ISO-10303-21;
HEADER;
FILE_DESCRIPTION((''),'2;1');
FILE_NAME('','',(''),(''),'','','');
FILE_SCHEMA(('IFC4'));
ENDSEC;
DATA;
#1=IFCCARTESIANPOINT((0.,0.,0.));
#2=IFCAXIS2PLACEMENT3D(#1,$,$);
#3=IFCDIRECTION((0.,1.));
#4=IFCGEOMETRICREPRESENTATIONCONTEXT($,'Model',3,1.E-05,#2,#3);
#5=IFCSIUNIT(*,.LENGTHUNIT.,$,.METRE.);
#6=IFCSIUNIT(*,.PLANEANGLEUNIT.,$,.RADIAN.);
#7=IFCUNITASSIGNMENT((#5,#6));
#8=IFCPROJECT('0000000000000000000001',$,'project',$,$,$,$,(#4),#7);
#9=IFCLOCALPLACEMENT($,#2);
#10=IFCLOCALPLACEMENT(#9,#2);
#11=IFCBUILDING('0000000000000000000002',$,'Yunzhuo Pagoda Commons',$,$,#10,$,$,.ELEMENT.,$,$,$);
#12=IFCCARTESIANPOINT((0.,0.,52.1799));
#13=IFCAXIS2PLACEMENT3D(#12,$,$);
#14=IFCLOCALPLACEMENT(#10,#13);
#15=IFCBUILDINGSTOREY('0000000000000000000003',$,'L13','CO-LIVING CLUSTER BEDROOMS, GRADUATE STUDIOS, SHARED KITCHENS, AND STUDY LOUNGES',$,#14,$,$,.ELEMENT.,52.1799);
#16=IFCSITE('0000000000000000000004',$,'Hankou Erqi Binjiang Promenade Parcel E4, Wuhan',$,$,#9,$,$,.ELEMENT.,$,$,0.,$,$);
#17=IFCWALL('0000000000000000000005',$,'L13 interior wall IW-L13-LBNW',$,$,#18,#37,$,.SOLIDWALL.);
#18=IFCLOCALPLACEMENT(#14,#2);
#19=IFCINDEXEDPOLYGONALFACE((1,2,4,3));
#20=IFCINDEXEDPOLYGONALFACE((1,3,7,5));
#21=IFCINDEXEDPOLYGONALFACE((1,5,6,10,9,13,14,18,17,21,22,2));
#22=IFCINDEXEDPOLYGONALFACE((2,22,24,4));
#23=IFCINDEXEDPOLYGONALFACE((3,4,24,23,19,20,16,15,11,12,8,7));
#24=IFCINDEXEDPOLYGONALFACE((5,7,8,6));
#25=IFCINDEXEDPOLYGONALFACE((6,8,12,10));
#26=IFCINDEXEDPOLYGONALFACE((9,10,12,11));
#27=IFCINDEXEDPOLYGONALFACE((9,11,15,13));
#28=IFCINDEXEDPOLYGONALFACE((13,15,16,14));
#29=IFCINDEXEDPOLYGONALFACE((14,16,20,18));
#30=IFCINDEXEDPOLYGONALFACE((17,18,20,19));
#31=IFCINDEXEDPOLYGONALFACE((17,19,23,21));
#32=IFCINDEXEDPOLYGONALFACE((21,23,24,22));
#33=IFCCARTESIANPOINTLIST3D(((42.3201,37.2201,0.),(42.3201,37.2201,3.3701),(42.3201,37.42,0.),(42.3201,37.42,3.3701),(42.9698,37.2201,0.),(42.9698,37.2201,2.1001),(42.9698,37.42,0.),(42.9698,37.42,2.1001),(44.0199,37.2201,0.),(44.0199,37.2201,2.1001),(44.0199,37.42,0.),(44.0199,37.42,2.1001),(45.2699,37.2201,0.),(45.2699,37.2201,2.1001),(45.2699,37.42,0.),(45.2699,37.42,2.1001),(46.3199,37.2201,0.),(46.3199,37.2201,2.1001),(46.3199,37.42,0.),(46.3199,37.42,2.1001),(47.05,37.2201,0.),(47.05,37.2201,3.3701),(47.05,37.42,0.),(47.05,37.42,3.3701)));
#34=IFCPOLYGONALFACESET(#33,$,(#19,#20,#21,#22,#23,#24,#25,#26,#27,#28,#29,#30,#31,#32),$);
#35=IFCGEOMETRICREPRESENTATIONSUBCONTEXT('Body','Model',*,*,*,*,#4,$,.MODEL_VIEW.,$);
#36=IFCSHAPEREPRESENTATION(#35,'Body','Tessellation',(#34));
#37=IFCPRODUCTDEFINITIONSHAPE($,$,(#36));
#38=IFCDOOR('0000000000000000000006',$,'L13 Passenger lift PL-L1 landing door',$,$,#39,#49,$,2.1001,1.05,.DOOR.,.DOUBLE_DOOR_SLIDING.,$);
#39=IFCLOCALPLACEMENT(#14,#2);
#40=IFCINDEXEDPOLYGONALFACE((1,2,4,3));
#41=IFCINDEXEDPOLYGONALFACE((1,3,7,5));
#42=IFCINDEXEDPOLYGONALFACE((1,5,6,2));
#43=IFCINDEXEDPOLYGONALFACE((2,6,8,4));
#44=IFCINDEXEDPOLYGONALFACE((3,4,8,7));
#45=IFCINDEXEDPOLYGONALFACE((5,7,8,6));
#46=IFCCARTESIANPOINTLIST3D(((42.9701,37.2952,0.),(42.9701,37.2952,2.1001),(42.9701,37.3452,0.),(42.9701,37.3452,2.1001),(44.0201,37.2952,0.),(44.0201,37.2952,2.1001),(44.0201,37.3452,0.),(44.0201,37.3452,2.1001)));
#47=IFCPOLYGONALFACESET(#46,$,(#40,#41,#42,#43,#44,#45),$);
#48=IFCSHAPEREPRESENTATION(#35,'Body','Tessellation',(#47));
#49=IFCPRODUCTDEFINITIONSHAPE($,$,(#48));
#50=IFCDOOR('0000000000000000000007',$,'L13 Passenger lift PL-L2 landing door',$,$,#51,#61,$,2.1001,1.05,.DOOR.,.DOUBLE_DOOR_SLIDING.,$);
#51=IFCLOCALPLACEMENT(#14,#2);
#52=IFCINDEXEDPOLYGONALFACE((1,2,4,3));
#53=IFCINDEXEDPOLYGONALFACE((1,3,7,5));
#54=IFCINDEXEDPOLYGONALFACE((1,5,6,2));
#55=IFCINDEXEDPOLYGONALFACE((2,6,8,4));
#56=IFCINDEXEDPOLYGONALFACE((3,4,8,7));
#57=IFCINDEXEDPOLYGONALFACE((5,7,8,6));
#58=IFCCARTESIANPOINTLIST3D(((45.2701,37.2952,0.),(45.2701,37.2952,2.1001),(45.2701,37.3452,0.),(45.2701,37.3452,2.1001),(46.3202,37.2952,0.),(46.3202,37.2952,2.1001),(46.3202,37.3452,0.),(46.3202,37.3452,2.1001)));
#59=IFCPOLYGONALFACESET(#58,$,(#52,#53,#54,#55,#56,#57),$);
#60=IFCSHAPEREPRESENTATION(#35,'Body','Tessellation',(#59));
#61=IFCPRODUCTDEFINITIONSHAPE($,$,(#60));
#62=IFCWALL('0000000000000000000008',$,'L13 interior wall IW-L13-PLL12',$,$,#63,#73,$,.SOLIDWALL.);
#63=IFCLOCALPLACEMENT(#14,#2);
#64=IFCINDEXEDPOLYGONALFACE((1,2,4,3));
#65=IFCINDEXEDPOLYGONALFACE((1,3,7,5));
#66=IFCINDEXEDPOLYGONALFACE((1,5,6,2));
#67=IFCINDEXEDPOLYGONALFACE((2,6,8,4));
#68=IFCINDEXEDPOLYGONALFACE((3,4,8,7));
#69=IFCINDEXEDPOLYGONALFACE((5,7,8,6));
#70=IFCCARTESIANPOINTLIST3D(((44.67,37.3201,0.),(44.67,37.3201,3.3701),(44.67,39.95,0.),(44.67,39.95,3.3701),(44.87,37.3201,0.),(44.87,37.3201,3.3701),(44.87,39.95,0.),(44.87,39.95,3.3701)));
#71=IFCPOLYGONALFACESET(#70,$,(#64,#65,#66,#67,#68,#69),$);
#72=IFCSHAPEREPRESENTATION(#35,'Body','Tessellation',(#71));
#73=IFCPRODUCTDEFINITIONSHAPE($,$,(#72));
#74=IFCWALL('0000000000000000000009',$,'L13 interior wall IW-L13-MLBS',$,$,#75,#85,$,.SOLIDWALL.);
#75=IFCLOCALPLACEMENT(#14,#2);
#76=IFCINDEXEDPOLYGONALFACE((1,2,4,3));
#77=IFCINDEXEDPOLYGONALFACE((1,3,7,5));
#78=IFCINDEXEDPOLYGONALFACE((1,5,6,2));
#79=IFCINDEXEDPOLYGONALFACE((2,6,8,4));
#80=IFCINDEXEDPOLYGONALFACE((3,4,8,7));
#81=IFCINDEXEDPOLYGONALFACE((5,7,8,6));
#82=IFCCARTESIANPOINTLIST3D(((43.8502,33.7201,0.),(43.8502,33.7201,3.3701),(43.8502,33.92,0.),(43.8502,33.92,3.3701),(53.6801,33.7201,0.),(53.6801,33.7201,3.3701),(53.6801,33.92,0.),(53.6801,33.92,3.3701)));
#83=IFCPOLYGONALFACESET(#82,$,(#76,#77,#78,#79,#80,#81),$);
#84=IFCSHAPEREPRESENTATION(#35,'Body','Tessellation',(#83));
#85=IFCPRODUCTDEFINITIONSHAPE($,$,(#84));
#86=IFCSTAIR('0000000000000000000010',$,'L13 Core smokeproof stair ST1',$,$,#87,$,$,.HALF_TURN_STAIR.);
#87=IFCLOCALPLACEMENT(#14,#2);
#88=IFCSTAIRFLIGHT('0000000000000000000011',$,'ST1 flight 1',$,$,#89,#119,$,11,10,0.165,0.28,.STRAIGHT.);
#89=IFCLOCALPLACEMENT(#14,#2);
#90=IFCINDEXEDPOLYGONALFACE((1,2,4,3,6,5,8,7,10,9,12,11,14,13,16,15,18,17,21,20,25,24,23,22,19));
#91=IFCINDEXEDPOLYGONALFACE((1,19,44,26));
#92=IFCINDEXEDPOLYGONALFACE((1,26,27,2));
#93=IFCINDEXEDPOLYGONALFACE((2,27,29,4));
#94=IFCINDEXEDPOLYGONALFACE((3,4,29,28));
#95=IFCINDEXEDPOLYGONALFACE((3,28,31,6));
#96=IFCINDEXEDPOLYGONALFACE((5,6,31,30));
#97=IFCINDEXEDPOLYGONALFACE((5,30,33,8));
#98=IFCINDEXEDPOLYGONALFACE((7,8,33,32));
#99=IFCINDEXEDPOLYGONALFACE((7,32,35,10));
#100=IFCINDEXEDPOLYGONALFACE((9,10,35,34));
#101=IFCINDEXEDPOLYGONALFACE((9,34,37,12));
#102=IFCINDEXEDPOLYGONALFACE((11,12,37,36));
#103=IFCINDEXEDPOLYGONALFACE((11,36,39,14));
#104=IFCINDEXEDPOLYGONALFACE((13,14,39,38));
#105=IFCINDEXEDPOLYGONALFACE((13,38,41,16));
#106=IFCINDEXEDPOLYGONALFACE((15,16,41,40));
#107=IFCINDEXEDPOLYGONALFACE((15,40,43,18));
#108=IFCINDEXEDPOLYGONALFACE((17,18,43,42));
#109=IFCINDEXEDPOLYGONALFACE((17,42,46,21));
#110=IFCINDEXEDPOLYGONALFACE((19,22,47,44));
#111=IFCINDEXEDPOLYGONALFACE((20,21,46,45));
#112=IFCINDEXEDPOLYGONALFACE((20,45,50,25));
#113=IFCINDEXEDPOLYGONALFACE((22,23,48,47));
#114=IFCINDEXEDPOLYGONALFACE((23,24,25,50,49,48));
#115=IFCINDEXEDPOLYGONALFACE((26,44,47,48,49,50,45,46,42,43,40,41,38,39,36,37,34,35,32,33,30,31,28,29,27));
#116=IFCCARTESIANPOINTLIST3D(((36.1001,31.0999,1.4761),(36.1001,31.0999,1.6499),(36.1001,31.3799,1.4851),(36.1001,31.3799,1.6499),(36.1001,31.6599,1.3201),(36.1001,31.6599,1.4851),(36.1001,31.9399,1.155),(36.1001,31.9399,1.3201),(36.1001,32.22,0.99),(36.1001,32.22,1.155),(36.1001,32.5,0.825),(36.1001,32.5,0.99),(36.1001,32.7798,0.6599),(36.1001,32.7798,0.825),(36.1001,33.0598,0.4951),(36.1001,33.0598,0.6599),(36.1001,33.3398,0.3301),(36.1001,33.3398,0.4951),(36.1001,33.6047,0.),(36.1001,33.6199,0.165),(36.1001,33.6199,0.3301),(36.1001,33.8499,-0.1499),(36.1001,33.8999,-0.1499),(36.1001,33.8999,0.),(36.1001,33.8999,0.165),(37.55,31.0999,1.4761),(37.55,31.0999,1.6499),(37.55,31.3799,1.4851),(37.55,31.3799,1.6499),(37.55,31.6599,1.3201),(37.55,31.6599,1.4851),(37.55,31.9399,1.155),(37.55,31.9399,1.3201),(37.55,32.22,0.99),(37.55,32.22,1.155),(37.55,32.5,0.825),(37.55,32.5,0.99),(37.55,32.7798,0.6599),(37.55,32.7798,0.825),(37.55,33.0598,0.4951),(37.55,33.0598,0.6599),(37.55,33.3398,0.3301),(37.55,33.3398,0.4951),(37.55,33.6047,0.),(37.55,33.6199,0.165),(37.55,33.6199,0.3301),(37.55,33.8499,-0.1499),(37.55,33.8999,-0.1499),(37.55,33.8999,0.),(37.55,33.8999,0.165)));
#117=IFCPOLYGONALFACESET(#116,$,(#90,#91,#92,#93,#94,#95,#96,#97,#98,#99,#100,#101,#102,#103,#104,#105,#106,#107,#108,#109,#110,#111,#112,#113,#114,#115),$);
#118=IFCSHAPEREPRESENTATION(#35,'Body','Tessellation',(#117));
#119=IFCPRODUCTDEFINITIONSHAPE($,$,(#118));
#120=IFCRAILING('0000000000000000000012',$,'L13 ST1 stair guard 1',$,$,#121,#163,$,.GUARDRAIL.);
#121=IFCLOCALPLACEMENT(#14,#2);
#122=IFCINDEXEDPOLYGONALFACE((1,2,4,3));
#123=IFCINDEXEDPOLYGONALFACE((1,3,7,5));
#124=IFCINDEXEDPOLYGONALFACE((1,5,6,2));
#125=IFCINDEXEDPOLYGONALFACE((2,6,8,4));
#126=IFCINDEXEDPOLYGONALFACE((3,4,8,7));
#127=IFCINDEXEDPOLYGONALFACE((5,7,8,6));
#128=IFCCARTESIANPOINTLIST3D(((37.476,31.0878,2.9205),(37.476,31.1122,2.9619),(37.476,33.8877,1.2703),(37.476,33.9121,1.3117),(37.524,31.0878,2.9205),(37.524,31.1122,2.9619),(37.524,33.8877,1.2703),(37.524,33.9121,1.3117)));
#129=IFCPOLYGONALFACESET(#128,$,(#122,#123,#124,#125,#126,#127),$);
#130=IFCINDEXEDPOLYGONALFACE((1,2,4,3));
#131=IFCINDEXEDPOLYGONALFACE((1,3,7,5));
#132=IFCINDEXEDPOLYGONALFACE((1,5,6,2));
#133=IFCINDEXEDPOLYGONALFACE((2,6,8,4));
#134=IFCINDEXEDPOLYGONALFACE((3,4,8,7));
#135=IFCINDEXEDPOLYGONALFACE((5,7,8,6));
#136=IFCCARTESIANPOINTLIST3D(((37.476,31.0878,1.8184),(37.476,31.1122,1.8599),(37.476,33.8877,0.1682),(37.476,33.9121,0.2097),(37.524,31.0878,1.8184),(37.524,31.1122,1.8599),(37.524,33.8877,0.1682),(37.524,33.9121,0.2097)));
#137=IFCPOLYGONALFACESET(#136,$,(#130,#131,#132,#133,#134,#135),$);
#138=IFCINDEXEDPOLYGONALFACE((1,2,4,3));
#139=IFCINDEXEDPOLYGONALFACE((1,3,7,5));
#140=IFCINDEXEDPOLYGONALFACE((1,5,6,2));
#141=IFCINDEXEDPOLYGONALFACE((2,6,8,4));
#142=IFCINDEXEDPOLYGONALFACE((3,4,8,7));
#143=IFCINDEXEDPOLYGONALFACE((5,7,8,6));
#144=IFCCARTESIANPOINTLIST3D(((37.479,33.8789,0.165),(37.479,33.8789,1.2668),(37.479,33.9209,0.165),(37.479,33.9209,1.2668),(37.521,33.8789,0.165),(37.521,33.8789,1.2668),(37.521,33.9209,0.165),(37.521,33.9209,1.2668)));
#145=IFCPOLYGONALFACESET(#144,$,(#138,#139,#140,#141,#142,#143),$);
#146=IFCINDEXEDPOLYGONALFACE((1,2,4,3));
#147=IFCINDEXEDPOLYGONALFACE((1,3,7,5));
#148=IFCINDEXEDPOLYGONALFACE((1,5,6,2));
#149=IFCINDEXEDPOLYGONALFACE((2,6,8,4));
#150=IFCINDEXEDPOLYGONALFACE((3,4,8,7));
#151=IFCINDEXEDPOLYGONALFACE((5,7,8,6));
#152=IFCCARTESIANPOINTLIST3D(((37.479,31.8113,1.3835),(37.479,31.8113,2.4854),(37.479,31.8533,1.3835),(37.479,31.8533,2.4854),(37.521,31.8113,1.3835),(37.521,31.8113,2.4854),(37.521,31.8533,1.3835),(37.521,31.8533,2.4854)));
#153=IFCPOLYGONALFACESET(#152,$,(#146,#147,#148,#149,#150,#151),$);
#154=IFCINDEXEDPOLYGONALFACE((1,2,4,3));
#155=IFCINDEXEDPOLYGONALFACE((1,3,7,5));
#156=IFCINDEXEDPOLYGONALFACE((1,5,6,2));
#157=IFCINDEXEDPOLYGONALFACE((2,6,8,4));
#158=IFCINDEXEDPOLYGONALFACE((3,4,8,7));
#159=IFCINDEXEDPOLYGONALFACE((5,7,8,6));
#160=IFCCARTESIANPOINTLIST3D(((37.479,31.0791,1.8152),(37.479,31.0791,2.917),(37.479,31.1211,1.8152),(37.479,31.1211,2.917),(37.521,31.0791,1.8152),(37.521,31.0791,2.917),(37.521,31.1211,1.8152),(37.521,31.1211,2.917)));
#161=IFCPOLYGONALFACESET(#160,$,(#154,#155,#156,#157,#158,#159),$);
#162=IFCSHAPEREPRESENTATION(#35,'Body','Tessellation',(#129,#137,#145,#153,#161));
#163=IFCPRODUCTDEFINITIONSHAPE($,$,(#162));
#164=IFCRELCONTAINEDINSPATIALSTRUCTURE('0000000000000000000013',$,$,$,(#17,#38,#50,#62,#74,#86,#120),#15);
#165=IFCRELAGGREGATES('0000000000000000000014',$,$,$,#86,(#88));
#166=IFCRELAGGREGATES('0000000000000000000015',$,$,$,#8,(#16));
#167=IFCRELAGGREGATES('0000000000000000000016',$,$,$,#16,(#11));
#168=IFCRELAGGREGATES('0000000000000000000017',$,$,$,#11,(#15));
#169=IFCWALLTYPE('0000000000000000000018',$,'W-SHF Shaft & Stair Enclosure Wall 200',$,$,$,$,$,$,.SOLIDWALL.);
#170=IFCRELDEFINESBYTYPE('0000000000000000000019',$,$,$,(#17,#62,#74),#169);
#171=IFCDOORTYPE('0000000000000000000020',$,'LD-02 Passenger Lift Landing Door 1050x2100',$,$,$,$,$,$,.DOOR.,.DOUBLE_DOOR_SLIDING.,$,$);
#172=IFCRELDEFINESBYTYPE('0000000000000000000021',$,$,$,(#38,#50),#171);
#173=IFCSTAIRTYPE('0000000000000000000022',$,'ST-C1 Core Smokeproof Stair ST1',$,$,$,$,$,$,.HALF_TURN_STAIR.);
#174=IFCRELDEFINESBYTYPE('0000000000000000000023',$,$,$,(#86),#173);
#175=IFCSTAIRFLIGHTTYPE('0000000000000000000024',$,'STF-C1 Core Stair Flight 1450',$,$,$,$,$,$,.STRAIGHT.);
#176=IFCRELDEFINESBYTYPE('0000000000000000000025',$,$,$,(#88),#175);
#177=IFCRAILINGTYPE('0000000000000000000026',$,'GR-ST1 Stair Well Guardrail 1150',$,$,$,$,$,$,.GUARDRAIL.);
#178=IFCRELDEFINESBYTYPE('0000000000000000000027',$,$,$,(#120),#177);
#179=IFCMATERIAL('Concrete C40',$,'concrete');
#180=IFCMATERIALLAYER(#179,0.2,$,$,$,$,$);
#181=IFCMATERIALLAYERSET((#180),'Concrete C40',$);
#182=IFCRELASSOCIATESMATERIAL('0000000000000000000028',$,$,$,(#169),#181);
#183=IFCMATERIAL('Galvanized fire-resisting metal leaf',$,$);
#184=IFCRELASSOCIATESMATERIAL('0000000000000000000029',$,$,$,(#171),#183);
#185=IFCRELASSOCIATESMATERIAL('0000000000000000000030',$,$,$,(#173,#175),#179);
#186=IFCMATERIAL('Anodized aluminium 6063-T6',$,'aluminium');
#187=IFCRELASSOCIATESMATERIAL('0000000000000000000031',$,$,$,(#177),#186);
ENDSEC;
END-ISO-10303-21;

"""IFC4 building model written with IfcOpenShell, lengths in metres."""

from ifc_helpers import new_model, si_unit, direction, frame, frame_2d, origin, origin_2d, place, context, subcontext, project, spatial, polyline, rectangle, outline, extrude, source, transform, mapped, material, layer, layer_set, type_object, element, fill, aggregate, save


model = new_model("IFC4")

# Units and contexts
model_context = context("Model", 3, precision=1e-05, world=origin(), true_north=direction((0.0, 1.0)))
body_context = subcontext(model_context, "Body", "Model", "MODEL_VIEW")
ifc_project = project(units=[si_unit("LENGTHUNIT", "METRE"), si_unit("PLANEANGLEUNIT", "RADIAN")], contexts=[model_context])

# Site, building, storey
site_placement = place(None, origin())
site = spatial("IfcSite", under=ifc_project, at=site_placement, Name="Hankou Erqi Binjiang Promenade Parcel E4, Wuhan", CompositionType="ELEMENT", RefElevation=0.0)
building_placement = place(site_placement, origin())
building = spatial("IfcBuilding", under=site, at=building_placement, Name="Yunzhuo Pagoda Commons", CompositionType="ELEMENT")
storey_placement = place(building_placement, frame((0.0, 0.0, 52.1799)))
storey = spatial("IfcBuildingStorey", under=building, at=storey_placement, Name="L13", Description="CO-LIVING CLUSTER BEDROOMS, GRADUATE STUDIOS, SHARED KITCHENS, AND STUDY LOUNGES", CompositionType="ELEMENT", Elevation=52.1799)

# Shared definitions
ifc_material_1 = material(Name="Galvanized fire-resisting metal leaf")
shared_shape_1 = source(origin(), body_context, "Body", "SweptSolid", [
    extrude(rectangle(XDim=1.05, YDim=2.1001, at=frame_2d((0.5249, 1.05))), frame((0.0, 0.0249, 0.0), z_axis=(0.0, -1.0, 0.0), x_axis=(1.0, 0.0, 0.0)), (0.0, 0.0, 1.0), 0.05),
])

# Shared definitions
ifc_material_2 = material(Name="Concrete C40", Category="concrete")
ifc_layer_1 = layer(ifc_material_2, 0.2)
ifc_layer_set_1 = layer_set([ifc_layer_1], Name="Concrete C40")
wall_type_1 = type_object("IfcWallType", Name="W-SHF Shaft & Stair Enclosure Wall 200", PredefinedType="SOLIDWALL", material=ifc_layer_set_1)

# Wall, openings, doors
wall_1_placement = place(storey_placement, frame((42.3201, 37.3201, 0.0), z_axis=(0.0, 0.0, 1.0), x_axis=(1.0, 0.0, 0.0)))
wall_1 = element("IfcWall", 1, at=wall_1_placement, inside=storey, type_object=wall_type_1, Name="L13 interior wall IW-L13-LBNW", PredefinedType="SOLIDWALL", context=body_context, shape_type="SweptSolid", body=[
    extrude(rectangle(XDim=4.73, YDim=0.2, at=frame_2d((2.365, 0.0))), origin(), (0.0, 0.0, 1.0), 3.3701),
])
opening_1_placement = place(wall_1_placement, frame((0.6499, 0.0, 0.0)))
opening_1 = element("IfcOpeningElement", 2, at=opening_1_placement, cuts=wall_1, PredefinedType="OPENING", context=body_context, shape_type="SweptSolid", body=[
    extrude(rectangle(XDim=1.05, YDim=2.1001, at=frame_2d((0.5249, 1.05))), frame((0.0, 0.1099, 0.0), z_axis=(0.0, -1.0, 0.0), x_axis=(1.0, 0.0, 0.0)), (0.0, 0.0, 1.0), 0.22),
])
opening_2_placement = place(wall_1_placement, frame((2.95, 0.0, 0.0)))
opening_2 = element("IfcOpeningElement", 3, at=opening_2_placement, cuts=wall_1, PredefinedType="OPENING", context=body_context, shape_type="SweptSolid", body=[
    extrude(rectangle(XDim=1.05, YDim=2.1001, at=frame_2d((0.5249, 1.05))), frame((0.0, 0.1099, 0.0), z_axis=(0.0, -1.0, 0.0), x_axis=(1.0, 0.0, 0.0)), (0.0, 0.0, 1.0), 0.22),
])
door_type_1 = type_object("IfcDoorType", Name="LD-02 Passenger Lift Landing Door 1050x2100", OperationType="DOUBLE_DOOR_SLIDING", PredefinedType="DOOR", material=ifc_material_1)
door_1_placement = place(opening_1_placement, frame((1.05, 0.0, 0.0), z_axis=(0.0, 0.0, 1.0), x_axis=(-1.0, 0.0, 0.0)))
door_1 = element("IfcDoor", 4, at=door_1_placement, inside=storey, type_object=door_type_1, Name="L13 Passenger lift PL-L1 landing door", OperationType="DOUBLE_DOOR_SLIDING", OverallHeight=2.1001, OverallWidth=1.05, PredefinedType="DOOR", context=body_context, shape_type="MappedRepresentation", body=[
    mapped(shared_shape_1, transform((0.0, 0.0, 0.0), scale=1.0)),
])
fill(opening_1, door_1)
door_2_placement = place(opening_2_placement, frame((1.05, 0.0, 0.0), z_axis=(0.0, 0.0, 1.0), x_axis=(-1.0, 0.0, 0.0)))
door_2 = element("IfcDoor", 5, at=door_2_placement, inside=storey, type_object=door_type_1, Name="L13 Passenger lift PL-L2 landing door", OperationType="DOUBLE_DOOR_SLIDING", OverallHeight=2.1001, OverallWidth=1.05, PredefinedType="DOOR", context=body_context, shape_type="MappedRepresentation", body=[
    mapped(shared_shape_1, transform((0.0, 0.0, 0.0), scale=1.0)),
])
fill(opening_2, door_2)

# Walls
wall_2_placement = place(storey_placement, frame((44.77, 37.3201, 0.0), z_axis=(0.0, 0.0, 1.0), x_axis=(0.0, 1.0, 0.0)))
element("IfcWall", 6, at=wall_2_placement, inside=storey, type_object=wall_type_1, Name="L13 interior wall IW-L13-PLL12", PredefinedType="SOLIDWALL", context=body_context, shape_type="SweptSolid", body=[
    extrude(rectangle(XDim=2.6299, YDim=0.2, at=frame_2d((1.3149, 0.0))), origin(), (0.0, 0.0, 1.0), 3.3701),
])
wall_3_placement = place(storey_placement, frame((43.8501, 33.8201, 0.0), z_axis=(0.0, 0.0, 1.0), x_axis=(1.0, 0.0, 0.0)))
element("IfcWall", 7, at=wall_3_placement, inside=storey, type_object=wall_type_1, Name="L13 interior wall IW-L13-MLBS", PredefinedType="SOLIDWALL", context=body_context, shape_type="SweptSolid", body=[
    extrude(rectangle(XDim=9.8298, YDim=0.2, at=frame_2d((4.915, 0.0))), origin(), (0.0, 0.0, 1.0), 3.3701),
])

# Stair, stair flight
stair_type = type_object("IfcStairType", Name="ST-C1 Core Smokeproof Stair ST1", PredefinedType="HALF_TURN_STAIR", material=ifc_material_2)
stair_placement = place(storey_placement, origin())
stair = element("IfcStair", 8, at=stair_placement, inside=storey, type_object=stair_type, Name="L13 Core smokeproof stair ST1", PredefinedType="HALF_TURN_STAIR")
stair_flight_type = type_object("IfcStairFlightType", Name="STF-C1 Core Stair Flight 1450", PredefinedType="STRAIGHT", material=ifc_material_2)
shared_shape_2 = source(origin(), body_context, "Body", "SweptSolid", [
    extrude(outline(polyline([(0.0, -0.1499), (0.0, 0.0), (0.0, 0.165), (0.28, 0.165), (0.28, 0.3301), (0.5601, 0.3301), (0.5601, 0.4951), (0.8401, 0.4951), (0.8401, 0.6599), (1.1201, 0.6599), (1.1201, 0.825), (1.3999, 0.825), (1.3999, 0.99), (1.6799, 0.99), (1.6799, 1.155), (1.96, 1.155), (1.96, 1.3201), (2.24, 1.3201), (2.24, 1.4851), (2.52, 1.4851), (2.52, 1.6499), (2.8, 1.6499), (2.8, 1.8149), (2.8, 1.4761), (0.2952, 0.0), (0.05, -0.1499), (0.0, -0.1499)])), frame((0.0, 0.7251, 0.0), z_axis=(0.0, -1.0, 0.0), x_axis=(1.0, 0.0, 0.0)), (0.0, 0.0, 1.0), 1.45),
])
stair_flight_placement = place(storey_placement, frame((36.825, 33.8999, 0.0), z_axis=(0.0, 0.0, 1.0), x_axis=(0.0, -1.0, 0.0)))
stair_flight = element("IfcStairFlight", 9, at=stair_flight_placement, type_object=stair_flight_type, Name="ST1 flight 1", NumberOfRisers=11, NumberOfTreads=10, PredefinedType="STRAIGHT", RiserHeight=0.165, TreadLength=0.28, context=body_context, shape_type="MappedRepresentation", body=[
    mapped(shared_shape_2, transform((0.0, 0.0, 0.0), scale=1.0)),
])
aggregate(stair, [stair_flight])

# Railing
ifc_material_3 = material(Name="Anodized aluminium 6063-T6", Category="aluminium")
railing_type_1 = type_object("IfcRailingType", Name="GR-ST1 Stair Well Guardrail 1150", PredefinedType="GUARDRAIL", material=ifc_material_3)
railing_1_placement = place(storey_placement, frame((37.5, 33.8999, 0.165)))
element("IfcRailing", 10, at=railing_1_placement, inside=storey, type_object=railing_type_1, Name="L13 ST1 stair guard 1", PredefinedType="GUARDRAIL", context=body_context, shape_type="SweptSolid", body=[
    extrude(rectangle(XDim=0.0481, YDim=0.0481, at=origin_2d()), frame((0.0, 0.0, 1.126), z_axis=(0.0, -0.861503, 0.507752), x_axis=(1.0, 0.0, 0.0)), (0.0, 0.0, 1.0), 3.25),
    extrude(rectangle(XDim=0.0481, YDim=0.0481, at=origin_2d()), frame((0.0, 0.0, 0.0239), z_axis=(0.0, -0.861503, 0.507752), x_axis=(1.0, 0.0, 0.0)), (0.0, 0.0, 1.0), 3.25),
    extrude(rectangle(XDim=0.042, YDim=0.042, at=origin_2d()), origin(), (0.0, 0.0, 1.0), 1.1018),
    extrude(rectangle(XDim=0.042, YDim=0.042, at=origin_2d()), frame((0.0, -2.0676, 1.2185)), (0.0, 0.0, 1.0), 1.1018),
    extrude(rectangle(XDim=0.042, YDim=0.042, at=origin_2d()), frame((0.0, -2.7998, 1.6501)), (0.0, 0.0, 1.0), 1.1018),
])

save(model, "model.ifc")
